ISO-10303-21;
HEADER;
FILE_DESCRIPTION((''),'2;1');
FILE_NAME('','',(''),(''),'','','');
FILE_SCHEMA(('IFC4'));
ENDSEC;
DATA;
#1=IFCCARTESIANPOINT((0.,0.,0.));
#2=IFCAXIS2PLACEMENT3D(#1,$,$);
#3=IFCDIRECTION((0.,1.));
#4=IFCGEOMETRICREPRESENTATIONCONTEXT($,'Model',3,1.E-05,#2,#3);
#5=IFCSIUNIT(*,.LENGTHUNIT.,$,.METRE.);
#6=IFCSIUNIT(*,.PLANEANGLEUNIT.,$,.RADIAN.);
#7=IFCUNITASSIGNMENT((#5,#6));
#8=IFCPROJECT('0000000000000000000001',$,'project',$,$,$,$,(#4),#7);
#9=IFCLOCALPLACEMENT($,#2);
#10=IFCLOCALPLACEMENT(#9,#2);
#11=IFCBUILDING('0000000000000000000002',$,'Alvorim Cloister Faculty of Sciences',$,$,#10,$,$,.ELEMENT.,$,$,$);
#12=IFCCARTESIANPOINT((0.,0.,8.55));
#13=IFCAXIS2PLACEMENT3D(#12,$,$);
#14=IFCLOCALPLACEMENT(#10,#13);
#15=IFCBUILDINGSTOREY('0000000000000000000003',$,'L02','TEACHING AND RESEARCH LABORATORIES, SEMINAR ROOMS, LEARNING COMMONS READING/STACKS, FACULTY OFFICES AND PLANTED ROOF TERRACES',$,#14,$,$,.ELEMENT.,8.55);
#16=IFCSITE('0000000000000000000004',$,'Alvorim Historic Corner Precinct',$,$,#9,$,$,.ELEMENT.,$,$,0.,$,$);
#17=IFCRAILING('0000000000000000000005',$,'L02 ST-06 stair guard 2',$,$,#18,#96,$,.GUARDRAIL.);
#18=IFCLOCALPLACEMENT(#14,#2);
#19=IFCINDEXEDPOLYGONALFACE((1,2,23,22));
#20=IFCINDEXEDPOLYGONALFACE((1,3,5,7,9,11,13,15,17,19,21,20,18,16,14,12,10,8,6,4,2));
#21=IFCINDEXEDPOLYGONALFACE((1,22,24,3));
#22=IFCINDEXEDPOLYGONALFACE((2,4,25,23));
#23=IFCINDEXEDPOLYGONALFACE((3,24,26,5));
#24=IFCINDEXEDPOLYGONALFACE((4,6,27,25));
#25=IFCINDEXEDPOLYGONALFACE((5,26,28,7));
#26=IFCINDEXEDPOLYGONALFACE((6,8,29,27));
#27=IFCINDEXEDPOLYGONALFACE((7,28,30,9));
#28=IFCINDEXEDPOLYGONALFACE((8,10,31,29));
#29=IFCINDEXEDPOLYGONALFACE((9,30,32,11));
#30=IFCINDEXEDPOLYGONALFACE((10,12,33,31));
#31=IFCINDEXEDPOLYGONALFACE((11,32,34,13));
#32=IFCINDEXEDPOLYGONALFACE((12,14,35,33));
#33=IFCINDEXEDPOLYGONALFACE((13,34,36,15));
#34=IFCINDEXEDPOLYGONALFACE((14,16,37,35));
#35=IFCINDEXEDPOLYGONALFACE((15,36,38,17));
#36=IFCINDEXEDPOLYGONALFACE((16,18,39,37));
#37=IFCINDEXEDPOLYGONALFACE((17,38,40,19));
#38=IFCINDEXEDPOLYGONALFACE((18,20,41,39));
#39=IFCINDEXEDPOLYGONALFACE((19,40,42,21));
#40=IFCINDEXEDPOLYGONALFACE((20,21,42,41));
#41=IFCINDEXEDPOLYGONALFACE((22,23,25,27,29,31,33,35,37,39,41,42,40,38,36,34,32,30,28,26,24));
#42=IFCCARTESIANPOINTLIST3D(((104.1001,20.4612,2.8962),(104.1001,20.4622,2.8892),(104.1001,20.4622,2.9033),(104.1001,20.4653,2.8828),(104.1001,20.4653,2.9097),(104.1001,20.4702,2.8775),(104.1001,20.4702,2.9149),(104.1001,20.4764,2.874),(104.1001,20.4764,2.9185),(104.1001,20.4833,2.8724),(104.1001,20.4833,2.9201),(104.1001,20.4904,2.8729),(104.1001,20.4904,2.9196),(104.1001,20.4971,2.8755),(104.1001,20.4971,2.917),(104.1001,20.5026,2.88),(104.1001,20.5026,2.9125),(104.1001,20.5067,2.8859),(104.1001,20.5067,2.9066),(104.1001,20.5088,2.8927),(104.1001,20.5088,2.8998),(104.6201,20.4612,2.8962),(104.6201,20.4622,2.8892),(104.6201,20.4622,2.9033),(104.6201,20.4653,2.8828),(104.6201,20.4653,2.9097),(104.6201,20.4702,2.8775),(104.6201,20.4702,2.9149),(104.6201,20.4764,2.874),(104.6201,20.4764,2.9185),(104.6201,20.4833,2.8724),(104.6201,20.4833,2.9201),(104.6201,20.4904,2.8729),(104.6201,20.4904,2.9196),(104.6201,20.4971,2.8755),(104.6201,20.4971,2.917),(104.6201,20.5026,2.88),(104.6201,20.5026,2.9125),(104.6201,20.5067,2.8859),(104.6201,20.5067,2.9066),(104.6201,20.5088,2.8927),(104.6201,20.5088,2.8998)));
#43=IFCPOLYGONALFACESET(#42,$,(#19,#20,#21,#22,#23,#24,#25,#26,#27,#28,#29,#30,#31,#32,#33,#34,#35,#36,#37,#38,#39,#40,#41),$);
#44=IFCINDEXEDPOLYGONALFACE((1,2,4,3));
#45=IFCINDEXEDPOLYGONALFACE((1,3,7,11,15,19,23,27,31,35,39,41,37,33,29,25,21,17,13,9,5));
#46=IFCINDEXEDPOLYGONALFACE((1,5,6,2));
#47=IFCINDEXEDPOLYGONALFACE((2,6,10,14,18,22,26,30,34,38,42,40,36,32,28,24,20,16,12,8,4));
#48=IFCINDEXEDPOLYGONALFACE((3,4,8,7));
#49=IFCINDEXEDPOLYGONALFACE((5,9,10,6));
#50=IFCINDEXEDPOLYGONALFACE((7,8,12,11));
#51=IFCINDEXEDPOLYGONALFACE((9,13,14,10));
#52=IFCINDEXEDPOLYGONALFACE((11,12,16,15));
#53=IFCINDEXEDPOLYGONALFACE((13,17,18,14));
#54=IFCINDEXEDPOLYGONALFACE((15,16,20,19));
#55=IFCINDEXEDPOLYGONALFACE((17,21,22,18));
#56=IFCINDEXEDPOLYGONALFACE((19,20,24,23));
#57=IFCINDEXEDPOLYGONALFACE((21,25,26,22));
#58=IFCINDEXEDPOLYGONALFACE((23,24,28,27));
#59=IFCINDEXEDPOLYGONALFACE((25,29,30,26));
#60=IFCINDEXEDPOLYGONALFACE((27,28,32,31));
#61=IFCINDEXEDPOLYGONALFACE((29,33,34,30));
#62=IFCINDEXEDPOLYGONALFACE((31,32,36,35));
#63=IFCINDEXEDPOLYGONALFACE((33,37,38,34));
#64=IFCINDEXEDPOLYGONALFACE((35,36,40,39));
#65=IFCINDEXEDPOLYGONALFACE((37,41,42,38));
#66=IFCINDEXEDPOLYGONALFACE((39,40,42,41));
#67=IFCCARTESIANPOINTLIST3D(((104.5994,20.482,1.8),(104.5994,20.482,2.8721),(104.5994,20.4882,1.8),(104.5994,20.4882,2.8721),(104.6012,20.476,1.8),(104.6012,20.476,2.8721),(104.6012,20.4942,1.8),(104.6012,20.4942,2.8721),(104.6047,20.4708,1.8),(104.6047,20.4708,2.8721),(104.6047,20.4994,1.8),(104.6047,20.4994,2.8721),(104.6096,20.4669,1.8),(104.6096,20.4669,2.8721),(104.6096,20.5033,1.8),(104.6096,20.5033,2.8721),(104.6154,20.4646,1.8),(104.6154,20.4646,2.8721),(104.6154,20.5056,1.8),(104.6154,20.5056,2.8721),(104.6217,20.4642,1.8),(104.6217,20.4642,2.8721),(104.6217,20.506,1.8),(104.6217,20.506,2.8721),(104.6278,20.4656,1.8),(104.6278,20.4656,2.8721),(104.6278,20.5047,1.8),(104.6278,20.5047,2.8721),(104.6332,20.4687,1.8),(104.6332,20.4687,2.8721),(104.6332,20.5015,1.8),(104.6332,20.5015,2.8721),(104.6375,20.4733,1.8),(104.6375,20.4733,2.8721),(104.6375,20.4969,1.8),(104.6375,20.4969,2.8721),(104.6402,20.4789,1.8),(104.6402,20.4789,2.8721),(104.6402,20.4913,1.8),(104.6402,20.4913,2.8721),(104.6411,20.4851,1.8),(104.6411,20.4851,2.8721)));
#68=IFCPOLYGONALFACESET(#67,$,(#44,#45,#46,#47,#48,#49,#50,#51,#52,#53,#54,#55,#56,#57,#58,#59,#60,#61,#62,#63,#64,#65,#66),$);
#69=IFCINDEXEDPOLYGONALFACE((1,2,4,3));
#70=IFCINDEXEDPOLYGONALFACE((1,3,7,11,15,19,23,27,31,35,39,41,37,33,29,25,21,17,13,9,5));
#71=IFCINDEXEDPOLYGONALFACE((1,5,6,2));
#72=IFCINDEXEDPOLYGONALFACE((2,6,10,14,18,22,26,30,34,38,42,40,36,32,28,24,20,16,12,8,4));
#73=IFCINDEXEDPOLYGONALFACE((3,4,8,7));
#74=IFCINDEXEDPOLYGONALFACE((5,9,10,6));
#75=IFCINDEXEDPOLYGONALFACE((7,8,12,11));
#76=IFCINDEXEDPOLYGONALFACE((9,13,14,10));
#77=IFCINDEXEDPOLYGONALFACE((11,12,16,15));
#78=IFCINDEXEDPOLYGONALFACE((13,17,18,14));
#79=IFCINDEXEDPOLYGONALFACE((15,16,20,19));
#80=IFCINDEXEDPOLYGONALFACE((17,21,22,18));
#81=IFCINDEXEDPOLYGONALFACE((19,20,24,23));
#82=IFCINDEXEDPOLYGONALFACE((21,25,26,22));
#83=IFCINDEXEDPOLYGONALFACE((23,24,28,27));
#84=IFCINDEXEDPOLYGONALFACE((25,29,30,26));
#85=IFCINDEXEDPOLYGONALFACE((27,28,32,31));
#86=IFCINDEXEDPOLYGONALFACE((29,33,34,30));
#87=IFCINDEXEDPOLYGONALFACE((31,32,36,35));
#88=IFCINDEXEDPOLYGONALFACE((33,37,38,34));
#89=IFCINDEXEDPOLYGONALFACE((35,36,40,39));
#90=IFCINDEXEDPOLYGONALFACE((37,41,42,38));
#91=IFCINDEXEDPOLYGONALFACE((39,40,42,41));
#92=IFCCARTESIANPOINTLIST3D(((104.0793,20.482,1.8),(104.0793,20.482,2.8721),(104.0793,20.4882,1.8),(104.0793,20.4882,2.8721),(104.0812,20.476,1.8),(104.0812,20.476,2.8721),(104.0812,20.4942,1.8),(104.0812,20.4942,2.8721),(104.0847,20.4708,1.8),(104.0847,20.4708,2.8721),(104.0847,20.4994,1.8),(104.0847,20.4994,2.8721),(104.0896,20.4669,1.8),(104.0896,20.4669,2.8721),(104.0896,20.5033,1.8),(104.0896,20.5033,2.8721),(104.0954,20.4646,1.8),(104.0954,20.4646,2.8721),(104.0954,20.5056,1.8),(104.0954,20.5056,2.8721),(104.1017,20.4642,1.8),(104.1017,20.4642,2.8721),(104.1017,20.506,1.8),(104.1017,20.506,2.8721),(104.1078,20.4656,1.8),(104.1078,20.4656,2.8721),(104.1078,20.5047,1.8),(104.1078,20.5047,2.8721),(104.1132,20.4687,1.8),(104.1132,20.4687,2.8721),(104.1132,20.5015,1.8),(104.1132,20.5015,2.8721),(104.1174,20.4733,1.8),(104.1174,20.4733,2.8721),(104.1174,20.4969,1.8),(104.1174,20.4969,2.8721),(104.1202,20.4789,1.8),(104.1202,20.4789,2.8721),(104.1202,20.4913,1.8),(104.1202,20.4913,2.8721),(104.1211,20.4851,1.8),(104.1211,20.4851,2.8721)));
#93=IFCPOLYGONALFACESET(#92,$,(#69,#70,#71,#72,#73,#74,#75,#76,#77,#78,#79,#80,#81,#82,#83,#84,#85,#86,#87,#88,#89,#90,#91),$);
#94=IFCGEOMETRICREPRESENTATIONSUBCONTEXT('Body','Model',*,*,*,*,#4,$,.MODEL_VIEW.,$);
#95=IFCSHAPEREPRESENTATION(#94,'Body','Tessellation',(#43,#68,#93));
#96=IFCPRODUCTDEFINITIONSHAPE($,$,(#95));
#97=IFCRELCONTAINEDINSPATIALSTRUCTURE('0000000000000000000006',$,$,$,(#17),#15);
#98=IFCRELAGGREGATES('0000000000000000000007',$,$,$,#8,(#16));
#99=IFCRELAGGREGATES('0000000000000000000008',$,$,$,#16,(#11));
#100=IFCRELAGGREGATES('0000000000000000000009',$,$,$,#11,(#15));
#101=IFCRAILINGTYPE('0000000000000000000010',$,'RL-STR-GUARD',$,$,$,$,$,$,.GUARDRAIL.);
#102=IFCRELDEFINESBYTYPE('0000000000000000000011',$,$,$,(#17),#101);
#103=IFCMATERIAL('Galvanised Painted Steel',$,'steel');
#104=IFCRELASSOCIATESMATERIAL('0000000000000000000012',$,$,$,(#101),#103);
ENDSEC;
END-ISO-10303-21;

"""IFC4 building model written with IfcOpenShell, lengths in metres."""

from ifc_helpers import new_model, si_unit, direction, frame, origin, origin_2d, place, context, subcontext, project, spatial, circle, extrude, material, type_object, element, save


model = new_model("IFC4")

# Units and contexts
model_context = context("Model", 3, precision=1e-05, world=origin(), true_north=direction((0.0, 1.0)))
body_context = subcontext(model_context, "Body", "Model", "MODEL_VIEW")
ifc_project = project(units=[si_unit("LENGTHUNIT", "METRE"), si_unit("PLANEANGLEUNIT", "RADIAN")], contexts=[model_context])

# Site, building, storey
site_placement = place(None, origin())
site = spatial("IfcSite", under=ifc_project, at=site_placement, Name="Alvorim Historic Corner Precinct", CompositionType="ELEMENT", RefElevation=0.0)
building_placement = place(site_placement, origin())
building = spatial("IfcBuilding", under=site, at=building_placement, Name="Alvorim Cloister Faculty of Sciences", CompositionType="ELEMENT")
storey_placement = place(building_placement, frame((0.0, 0.0, 8.55)))
storey = spatial("IfcBuildingStorey", under=building, at=storey_placement, Name="L02", Description="TEACHING AND RESEARCH LABORATORIES, SEMINAR ROOMS, LEARNING COMMONS READING/STACKS, FACULTY OFFICES AND PLANTED ROOF TERRACES", CompositionType="ELEMENT", Elevation=8.55)

# Railing
ifc_material_1 = material(Name="Galvanised Painted Steel", Category="steel")
railing_type_1 = type_object("IfcRailingType", Name="RL-STR-GUARD", PredefinedType="GUARDRAIL", material=ifc_material_1)
railing_1_placement = place(storey_placement, frame((104.6201, 20.4851, 1.8)))
element("IfcRailing", 1, at=railing_1_placement, inside=storey, type_object=railing_type_1, Name="L02 ST-06 stair guard 2", PredefinedType="GUARDRAIL", context=body_context, shape_type="SweptSolid", body=[
    extrude(circle(Radius=0.0239, at=origin_2d()), frame((0.0, 0.0, 1.0962), z_axis=(-1.0, 0.0, 0.0), x_axis=(0.0, -1.0, 0.0)), (0.0, 0.0, 1.0), 0.52),
    extrude(circle(Radius=0.021, at=origin_2d()), origin(), (0.0, 0.0, 1.0), 1.072),
    extrude(circle(Radius=0.021, at=origin_2d()), frame((-0.52, 0.0, 0.0)), (0.0, 0.0, 1.0), 1.072),
])

save(model, "model.ifc")
